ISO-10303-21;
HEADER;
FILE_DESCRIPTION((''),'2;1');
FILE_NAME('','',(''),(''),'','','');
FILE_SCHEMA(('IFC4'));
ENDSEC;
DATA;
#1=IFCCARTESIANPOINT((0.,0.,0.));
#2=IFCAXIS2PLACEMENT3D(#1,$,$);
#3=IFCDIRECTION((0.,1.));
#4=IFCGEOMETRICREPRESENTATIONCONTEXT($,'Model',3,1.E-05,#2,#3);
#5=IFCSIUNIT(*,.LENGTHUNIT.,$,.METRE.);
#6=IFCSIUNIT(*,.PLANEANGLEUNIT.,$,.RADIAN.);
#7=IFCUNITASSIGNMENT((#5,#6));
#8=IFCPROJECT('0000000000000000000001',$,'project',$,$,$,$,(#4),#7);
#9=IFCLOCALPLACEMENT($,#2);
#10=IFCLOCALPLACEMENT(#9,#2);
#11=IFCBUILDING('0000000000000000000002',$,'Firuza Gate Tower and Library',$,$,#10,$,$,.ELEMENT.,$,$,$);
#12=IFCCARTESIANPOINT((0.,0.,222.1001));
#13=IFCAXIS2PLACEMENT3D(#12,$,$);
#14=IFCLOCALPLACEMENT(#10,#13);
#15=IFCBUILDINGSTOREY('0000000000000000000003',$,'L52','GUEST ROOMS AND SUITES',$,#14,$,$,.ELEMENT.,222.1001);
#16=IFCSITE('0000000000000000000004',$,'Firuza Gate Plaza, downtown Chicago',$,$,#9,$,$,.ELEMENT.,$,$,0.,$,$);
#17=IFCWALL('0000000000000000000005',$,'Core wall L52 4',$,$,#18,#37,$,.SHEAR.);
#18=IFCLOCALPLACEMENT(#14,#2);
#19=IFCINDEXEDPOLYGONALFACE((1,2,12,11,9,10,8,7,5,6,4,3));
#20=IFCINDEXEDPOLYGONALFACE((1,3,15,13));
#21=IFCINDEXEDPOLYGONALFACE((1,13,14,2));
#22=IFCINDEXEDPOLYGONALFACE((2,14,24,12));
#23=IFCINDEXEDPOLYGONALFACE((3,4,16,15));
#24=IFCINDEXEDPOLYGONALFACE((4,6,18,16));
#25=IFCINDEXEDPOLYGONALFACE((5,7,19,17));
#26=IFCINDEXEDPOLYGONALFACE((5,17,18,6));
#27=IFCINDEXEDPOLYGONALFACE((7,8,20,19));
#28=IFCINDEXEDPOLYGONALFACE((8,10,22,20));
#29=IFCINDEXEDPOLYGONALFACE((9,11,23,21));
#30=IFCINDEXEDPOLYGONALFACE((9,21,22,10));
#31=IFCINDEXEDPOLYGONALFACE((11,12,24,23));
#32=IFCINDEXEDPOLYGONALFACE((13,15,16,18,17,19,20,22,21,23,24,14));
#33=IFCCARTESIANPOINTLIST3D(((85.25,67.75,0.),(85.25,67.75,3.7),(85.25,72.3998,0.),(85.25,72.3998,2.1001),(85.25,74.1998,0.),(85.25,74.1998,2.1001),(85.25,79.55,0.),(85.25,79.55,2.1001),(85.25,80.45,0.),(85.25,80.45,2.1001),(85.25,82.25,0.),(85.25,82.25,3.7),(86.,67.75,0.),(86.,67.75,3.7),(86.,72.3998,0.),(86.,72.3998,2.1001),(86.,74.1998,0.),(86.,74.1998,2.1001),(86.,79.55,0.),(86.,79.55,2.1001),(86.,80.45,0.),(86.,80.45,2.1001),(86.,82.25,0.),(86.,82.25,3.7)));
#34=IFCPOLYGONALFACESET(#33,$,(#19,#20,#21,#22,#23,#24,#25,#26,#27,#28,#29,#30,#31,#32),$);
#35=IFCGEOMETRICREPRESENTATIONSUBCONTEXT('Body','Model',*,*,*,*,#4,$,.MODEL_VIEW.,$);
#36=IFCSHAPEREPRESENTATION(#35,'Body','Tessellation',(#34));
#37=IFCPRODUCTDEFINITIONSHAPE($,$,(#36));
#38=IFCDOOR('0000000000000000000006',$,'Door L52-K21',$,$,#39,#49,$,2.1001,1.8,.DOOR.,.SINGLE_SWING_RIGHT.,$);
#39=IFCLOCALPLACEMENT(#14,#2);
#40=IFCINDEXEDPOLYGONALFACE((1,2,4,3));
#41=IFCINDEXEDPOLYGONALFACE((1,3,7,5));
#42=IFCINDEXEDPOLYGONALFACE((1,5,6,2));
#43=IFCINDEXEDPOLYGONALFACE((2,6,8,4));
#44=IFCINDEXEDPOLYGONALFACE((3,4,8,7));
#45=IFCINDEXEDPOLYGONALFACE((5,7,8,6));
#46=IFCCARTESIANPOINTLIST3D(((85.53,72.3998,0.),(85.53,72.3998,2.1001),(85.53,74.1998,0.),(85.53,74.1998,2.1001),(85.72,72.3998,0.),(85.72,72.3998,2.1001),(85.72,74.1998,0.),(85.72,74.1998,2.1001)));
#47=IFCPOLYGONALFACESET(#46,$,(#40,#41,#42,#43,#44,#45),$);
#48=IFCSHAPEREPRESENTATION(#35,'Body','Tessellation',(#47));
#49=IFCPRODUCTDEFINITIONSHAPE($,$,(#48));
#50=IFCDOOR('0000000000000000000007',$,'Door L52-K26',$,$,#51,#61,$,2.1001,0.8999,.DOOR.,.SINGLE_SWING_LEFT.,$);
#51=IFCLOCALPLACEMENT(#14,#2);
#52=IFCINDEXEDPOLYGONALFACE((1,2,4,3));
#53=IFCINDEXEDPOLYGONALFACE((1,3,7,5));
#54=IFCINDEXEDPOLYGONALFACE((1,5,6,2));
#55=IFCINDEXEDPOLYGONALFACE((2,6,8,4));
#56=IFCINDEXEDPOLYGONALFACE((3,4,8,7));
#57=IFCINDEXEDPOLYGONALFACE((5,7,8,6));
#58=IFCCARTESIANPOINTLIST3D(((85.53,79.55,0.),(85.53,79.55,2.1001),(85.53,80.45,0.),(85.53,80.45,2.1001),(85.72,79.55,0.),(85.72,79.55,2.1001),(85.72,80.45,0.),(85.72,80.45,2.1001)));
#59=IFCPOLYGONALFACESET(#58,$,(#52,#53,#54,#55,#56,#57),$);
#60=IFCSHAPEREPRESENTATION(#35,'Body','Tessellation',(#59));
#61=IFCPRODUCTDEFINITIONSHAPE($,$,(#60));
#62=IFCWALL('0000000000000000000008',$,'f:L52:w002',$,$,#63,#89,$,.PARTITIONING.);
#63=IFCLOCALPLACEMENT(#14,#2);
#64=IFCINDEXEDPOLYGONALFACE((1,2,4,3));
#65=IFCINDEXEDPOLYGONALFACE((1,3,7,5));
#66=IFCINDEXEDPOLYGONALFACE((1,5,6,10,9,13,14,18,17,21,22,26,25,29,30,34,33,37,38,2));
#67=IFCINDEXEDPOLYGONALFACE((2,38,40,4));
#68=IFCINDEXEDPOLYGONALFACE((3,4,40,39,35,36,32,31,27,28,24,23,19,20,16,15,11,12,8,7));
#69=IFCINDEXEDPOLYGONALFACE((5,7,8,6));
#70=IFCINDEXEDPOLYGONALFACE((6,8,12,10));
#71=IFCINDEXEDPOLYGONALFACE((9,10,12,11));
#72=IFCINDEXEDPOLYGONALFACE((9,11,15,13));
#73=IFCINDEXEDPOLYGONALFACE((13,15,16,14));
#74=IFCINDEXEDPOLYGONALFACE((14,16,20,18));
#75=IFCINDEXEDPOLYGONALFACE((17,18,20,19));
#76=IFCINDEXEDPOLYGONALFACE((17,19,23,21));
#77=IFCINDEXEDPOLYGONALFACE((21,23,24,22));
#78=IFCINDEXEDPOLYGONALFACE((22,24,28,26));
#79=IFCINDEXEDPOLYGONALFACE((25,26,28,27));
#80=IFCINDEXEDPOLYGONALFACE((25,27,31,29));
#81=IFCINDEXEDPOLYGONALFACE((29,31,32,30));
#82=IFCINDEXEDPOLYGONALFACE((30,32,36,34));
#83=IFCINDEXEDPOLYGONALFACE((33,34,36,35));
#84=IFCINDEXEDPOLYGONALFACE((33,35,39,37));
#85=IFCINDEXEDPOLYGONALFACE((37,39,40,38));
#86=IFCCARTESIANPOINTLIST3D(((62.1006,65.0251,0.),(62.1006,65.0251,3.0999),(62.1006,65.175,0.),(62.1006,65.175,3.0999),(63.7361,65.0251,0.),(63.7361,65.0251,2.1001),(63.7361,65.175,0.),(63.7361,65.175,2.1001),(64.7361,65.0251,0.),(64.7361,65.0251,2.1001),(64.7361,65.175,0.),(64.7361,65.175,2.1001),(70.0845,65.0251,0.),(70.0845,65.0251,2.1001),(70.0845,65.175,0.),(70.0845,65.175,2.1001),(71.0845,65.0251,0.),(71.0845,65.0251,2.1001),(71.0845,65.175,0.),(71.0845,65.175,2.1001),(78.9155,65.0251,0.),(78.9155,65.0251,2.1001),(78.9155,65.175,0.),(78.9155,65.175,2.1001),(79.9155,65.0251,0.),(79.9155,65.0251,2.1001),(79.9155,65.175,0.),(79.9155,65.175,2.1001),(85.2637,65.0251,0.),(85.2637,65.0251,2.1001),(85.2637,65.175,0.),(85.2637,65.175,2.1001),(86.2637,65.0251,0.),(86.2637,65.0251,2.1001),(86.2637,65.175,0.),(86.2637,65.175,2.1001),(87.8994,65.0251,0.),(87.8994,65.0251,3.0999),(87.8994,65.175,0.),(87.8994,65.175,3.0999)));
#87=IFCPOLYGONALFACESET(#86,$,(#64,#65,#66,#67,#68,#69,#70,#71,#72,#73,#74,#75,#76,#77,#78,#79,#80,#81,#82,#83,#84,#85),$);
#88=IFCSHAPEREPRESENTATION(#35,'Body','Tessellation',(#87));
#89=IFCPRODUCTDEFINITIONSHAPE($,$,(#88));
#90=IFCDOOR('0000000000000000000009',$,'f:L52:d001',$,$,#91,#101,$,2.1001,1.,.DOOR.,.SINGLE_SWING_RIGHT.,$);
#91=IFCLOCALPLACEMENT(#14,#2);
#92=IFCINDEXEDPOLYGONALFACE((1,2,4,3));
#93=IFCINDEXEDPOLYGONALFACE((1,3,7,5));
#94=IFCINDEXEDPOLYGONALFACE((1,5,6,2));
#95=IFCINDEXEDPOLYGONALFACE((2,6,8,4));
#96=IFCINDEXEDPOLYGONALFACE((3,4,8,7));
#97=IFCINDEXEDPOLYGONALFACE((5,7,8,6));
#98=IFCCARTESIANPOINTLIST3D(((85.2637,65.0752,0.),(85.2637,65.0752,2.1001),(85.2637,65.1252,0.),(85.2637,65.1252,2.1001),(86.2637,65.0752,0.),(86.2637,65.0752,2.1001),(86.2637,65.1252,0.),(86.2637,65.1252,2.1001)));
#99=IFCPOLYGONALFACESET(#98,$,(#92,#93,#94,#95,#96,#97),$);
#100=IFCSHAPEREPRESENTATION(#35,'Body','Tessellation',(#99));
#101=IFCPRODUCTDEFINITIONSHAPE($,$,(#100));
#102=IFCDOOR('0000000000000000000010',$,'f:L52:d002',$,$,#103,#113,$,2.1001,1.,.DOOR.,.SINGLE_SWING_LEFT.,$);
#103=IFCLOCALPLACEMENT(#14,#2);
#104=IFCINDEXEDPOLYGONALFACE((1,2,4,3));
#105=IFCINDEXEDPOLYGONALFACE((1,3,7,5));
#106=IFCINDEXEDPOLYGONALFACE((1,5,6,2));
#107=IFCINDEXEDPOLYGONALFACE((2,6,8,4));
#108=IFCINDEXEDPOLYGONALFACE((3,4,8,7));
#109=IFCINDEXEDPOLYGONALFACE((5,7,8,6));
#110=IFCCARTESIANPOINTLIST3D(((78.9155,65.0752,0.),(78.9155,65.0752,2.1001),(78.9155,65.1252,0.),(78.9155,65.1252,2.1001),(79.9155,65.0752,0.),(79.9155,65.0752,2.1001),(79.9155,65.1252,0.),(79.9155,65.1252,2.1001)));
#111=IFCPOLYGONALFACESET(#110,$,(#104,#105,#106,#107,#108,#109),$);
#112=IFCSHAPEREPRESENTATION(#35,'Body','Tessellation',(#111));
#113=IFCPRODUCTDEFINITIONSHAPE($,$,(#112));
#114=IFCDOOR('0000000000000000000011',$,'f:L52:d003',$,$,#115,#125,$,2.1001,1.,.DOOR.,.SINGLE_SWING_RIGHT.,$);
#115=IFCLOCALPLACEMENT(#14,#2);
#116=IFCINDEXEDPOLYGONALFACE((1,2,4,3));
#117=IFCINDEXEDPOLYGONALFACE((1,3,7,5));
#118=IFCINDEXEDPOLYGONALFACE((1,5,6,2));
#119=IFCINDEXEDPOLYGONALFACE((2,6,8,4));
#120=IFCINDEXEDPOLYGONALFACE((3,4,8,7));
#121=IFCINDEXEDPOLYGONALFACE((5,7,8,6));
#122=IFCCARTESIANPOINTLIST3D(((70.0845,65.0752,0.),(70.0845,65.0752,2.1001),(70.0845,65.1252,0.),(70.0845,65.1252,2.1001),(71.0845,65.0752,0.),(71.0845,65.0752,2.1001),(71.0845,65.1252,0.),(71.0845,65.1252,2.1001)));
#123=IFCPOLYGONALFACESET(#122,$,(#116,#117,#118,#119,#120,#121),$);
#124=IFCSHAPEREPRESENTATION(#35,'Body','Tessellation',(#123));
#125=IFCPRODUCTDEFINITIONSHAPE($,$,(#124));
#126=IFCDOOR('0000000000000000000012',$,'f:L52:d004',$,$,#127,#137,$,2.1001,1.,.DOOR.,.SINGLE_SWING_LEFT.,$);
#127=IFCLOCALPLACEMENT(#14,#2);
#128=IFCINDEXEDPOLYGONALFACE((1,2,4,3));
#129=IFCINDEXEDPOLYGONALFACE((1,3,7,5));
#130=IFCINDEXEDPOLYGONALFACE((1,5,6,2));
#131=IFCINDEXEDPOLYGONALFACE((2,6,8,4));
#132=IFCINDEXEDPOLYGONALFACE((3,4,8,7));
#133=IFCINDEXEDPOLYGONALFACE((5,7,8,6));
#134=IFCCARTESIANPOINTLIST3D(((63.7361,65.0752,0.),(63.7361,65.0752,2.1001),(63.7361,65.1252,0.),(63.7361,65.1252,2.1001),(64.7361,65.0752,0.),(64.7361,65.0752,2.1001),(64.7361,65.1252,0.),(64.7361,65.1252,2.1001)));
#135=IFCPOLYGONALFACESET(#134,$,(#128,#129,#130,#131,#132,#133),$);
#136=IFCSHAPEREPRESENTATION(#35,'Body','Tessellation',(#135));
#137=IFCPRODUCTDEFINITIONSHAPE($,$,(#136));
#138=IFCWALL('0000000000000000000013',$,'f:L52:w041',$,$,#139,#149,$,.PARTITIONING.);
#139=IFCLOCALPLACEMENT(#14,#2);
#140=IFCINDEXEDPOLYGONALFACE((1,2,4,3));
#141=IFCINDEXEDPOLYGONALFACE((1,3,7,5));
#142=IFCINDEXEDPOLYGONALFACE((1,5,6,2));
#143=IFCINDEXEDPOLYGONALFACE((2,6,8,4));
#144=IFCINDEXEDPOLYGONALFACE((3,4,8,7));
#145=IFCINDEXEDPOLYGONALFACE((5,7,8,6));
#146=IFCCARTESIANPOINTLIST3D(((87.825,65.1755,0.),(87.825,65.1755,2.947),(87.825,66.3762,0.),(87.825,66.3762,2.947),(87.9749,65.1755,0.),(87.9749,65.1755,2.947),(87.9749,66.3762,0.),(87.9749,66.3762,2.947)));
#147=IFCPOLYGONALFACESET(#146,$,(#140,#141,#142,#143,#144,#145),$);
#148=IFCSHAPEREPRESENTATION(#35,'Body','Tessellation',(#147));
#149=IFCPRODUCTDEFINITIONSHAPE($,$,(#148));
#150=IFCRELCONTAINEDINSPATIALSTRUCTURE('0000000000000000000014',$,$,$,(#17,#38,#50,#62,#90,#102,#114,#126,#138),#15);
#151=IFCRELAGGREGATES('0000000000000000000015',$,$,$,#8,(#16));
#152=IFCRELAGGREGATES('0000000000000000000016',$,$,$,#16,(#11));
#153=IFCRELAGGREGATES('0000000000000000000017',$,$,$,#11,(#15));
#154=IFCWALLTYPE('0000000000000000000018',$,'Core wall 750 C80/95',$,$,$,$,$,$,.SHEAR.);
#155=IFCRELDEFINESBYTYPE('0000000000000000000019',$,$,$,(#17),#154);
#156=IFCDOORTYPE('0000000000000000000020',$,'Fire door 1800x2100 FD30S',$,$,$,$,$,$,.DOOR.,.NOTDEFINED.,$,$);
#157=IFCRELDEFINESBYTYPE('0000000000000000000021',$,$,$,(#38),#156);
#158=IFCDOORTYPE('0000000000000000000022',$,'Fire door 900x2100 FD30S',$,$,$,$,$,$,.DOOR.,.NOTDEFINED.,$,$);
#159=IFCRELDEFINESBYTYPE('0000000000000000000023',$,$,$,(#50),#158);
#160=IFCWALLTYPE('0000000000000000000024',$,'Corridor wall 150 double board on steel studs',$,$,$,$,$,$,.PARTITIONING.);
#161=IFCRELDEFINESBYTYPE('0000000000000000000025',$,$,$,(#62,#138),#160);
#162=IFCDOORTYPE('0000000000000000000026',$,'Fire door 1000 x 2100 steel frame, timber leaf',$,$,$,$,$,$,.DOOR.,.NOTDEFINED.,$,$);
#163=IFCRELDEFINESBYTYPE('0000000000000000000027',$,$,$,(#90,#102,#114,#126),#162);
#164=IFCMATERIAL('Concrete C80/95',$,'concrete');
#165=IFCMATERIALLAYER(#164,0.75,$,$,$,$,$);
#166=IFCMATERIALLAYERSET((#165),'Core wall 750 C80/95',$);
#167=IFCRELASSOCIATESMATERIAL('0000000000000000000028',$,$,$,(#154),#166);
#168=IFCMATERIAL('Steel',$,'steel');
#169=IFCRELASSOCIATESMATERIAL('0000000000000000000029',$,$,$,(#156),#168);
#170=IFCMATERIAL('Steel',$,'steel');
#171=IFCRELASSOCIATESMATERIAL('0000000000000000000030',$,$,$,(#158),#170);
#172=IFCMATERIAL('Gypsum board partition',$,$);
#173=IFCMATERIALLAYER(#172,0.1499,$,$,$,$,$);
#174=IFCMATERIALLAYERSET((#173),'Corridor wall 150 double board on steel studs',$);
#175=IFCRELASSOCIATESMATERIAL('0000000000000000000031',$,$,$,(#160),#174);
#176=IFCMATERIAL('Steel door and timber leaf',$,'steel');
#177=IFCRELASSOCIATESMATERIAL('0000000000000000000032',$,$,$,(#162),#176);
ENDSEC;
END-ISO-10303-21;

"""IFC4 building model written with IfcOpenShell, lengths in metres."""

from ifc_helpers import new_model, si_unit, direction, frame, frame_2d, origin, place, context, subcontext, project, spatial, rectangle, extrude, material, layer, layer_set, type_object, element, fill, save


model = new_model("IFC4")

# Units and contexts
model_context = context("Model", 3, precision=1e-05, world=origin(), true_north=direction((0.0, 1.0)))
body_context = subcontext(model_context, "Body", "Model", "MODEL_VIEW")
ifc_project = project(units=[si_unit("LENGTHUNIT", "METRE"), si_unit("PLANEANGLEUNIT", "RADIAN")], contexts=[model_context])

# Site, building, storey
site_placement = place(None, origin())
site = spatial("IfcSite", under=ifc_project, at=site_placement, Name="Firuza Gate Plaza, downtown Chicago", CompositionType="ELEMENT", RefElevation=0.0)
building_placement = place(site_placement, origin())
building = spatial("IfcBuilding", under=site, at=building_placement, Name="Firuza Gate Tower and Library", CompositionType="ELEMENT")
storey_placement = place(building_placement, frame((0.0, 0.0, 222.1001)))
storey = spatial("IfcBuildingStorey", under=building, at=storey_placement, Name="L52", Description="GUEST ROOMS AND SUITES", CompositionType="ELEMENT", Elevation=222.1001)

# Walls, openings, doors
ifc_material_1 = material(Name="Concrete C80/95", Category="concrete")
ifc_layer_1 = layer(ifc_material_1, 0.75)
ifc_layer_set_1 = layer_set([ifc_layer_1], Name="Core wall 750 C80/95")
wall_type_1 = type_object("IfcWallType", Name="Core wall 750 C80/95", PredefinedType="SHEAR", material=ifc_layer_set_1)
wall_1_placement = place(storey_placement, frame((85.625, 67.75, 0.0), z_axis=(0.0, 0.0, 1.0), x_axis=(0.0, 1.0, 0.0)))
wall_1 = element("IfcWall", 1, at=wall_1_placement, inside=storey, type_object=wall_type_1, Name="Core wall L52 4", PredefinedType="SHEAR", context=body_context, shape_type="SweptSolid", body=[
    extrude(rectangle(XDim=14.5, YDim=0.75, at=frame_2d((7.25, 0.0))), origin(), (0.0, 0.0, 1.0), 3.7),
])
opening_1_placement = place(wall_1_placement, frame((4.6499, 0.0, 0.0)))
opening_1 = element("IfcOpeningElement", 2, at=opening_1_placement, cuts=wall_1, PredefinedType="OPENING", context=body_context, shape_type="SweptSolid", body=[
    extrude(rectangle(XDim=1.8, YDim=2.1001, at=frame_2d((0.8999, 1.05))), frame((0.0, 0.385, 0.0), z_axis=(0.0, -1.0, 0.0), x_axis=(1.0, 0.0, 0.0)), (0.0, 0.0, 1.0), 0.77),
])
opening_2_placement = place(wall_1_placement, frame((11.8, 0.0, 0.0)))
opening_2 = element("IfcOpeningElement", 3, at=opening_2_placement, cuts=wall_1, PredefinedType="OPENING", context=body_context, shape_type="SweptSolid", body=[
    extrude(rectangle(XDim=0.8999, YDim=2.1001, at=frame_2d((0.45, 1.05))), frame((0.0, 0.385, 0.0), z_axis=(0.0, -1.0, 0.0), x_axis=(1.0, 0.0, 0.0)), (0.0, 0.0, 1.0), 0.77),
])
ifc_material_2 = material(Name="Steel", Category="steel")
door_type_1 = type_object("IfcDoorType", Name="Fire door 1800x2100 FD30S", OperationType="NOTDEFINED", PredefinedType="DOOR", material=ifc_material_2)
door_1_placement = place(opening_1_placement, origin())
door_1 = element("IfcDoor", 4, at=door_1_placement, inside=storey, type_object=door_type_1, Name="Door L52-K21", OperationType="SINGLE_SWING_RIGHT", OverallHeight=2.1001, OverallWidth=1.8, PredefinedType="DOOR", context=body_context, shape_type="SweptSolid", body=[
    extrude(rectangle(XDim=1.8, YDim=2.1001, at=frame_2d((0.8999, 1.05))), frame((0.0, 0.095, 0.0), z_axis=(0.0, -1.0, 0.0), x_axis=(1.0, 0.0, 0.0)), (0.0, 0.0, 1.0), 0.1899),
])
fill(opening_1, door_1)
ifc_material_3 = material(Name="Steel", Category="steel")
door_type_2 = type_object("IfcDoorType", Name="Fire door 900x2100 FD30S", OperationType="NOTDEFINED", PredefinedType="DOOR", material=ifc_material_3)
door_2_placement = place(opening_2_placement, origin())
door_2 = element("IfcDoor", 5, at=door_2_placement, inside=storey, type_object=door_type_2, Name="Door L52-K26", OperationType="SINGLE_SWING_LEFT", OverallHeight=2.1001, OverallWidth=0.8999, PredefinedType="DOOR", context=body_context, shape_type="SweptSolid", body=[
    extrude(rectangle(XDim=0.8999, YDim=2.1001, at=frame_2d((0.45, 1.05))), frame((0.0, 0.095, 0.0), z_axis=(0.0, -1.0, 0.0), x_axis=(1.0, 0.0, 0.0)), (0.0, 0.0, 1.0), 0.1899),
])
fill(opening_2, door_2)
ifc_material_4 = material(Name="Gypsum board partition")
ifc_layer_2 = layer(ifc_material_4, 0.1499)
ifc_layer_set_2 = layer_set([ifc_layer_2], Name="Corridor wall 150 double board on steel studs")
wall_type_2 = type_object("IfcWallType", Name="Corridor wall 150 double board on steel studs", PredefinedType="PARTITIONING", material=ifc_layer_set_2)
wall_2_placement = place(storey_placement, frame((87.8994, 65.1001, 0.0), z_axis=(0.0, 0.0, 1.0), x_axis=(-1.0, 0.0, 0.0)))
wall_2 = element("IfcWall", 6, at=wall_2_placement, inside=storey, type_object=wall_type_2, Name="f:L52:w002", PredefinedType="PARTITIONING", context=body_context, shape_type="SweptSolid", body=[
    extrude(rectangle(XDim=25.7988, YDim=0.1499, at=frame_2d((12.8994, 0.0))), origin(), (0.0, 0.0, 1.0), 3.0999),
])
opening_3_placement = place(wall_2_placement, frame((1.6357, 0.0, 0.0)))
opening_3 = element("IfcOpeningElement", 7, at=opening_3_placement, cuts=wall_2, PredefinedType="OPENING", context=body_context, shape_type="SweptSolid", body=[
    extrude(rectangle(XDim=1.0, YDim=2.1001, at=frame_2d((0.5, 1.05))), frame((0.0, 0.085, 0.0), z_axis=(0.0, -1.0, 0.0), x_axis=(1.0, 0.0, 0.0)), (0.0, 0.0, 1.0), 0.1699),
])
opening_4_placement = place(wall_2_placement, frame((7.9839, 0.0, 0.0)))
opening_4 = element("IfcOpeningElement", 8, at=opening_4_placement, cuts=wall_2, PredefinedType="OPENING", context=body_context, shape_type="SweptSolid", body=[
    extrude(rectangle(XDim=1.0, YDim=2.1001, at=frame_2d((0.5, 1.05))), frame((0.0, 0.085, 0.0), z_axis=(0.0, -1.0, 0.0), x_axis=(1.0, 0.0, 0.0)), (0.0, 0.0, 1.0), 0.1699),
])
opening_5_placement = place(wall_2_placement, frame((16.8149, 0.0, 0.0)))
opening_5 = element("IfcOpeningElement", 9, at=opening_5_placement, cuts=wall_2, PredefinedType="OPENING", context=body_context, shape_type="SweptSolid", body=[
    extrude(rectangle(XDim=1.0, YDim=2.1001, at=frame_2d((0.5, 1.05))), frame((0.0, 0.085, 0.0), z_axis=(0.0, -1.0, 0.0), x_axis=(1.0, 0.0, 0.0)), (0.0, 0.0, 1.0), 0.1699),
])
opening_6_placement = place(wall_2_placement, frame((23.1633, 0.0, 0.0)))
opening_6 = element("IfcOpeningElement", 10, at=opening_6_placement, cuts=wall_2, PredefinedType="OPENING", context=body_context, shape_type="SweptSolid", body=[
    extrude(rectangle(XDim=1.0, YDim=2.1001, at=frame_2d((0.5, 1.05))), frame((0.0, 0.085, 0.0), z_axis=(0.0, -1.0, 0.0), x_axis=(1.0, 0.0, 0.0)), (0.0, 0.0, 1.0), 0.1699),
])
ifc_material_5 = material(Name="Steel door and timber leaf", Category="steel")
door_type_3 = type_object("IfcDoorType", Name="Fire door 1000 x 2100 steel frame, timber leaf", OperationType="NOTDEFINED", PredefinedType="DOOR", material=ifc_material_5)
door_3_placement = place(opening_3_placement, origin())
door_3 = element("IfcDoor", 11, at=door_3_placement, inside=storey, type_object=door_type_3, Name="f:L52:d001", OperationType="SINGLE_SWING_RIGHT", OverallHeight=2.1001, OverallWidth=1.0, PredefinedType="DOOR", context=body_context, shape_type="SweptSolid", body=[
    extrude(rectangle(XDim=1.0, YDim=2.1001, at=frame_2d((0.5, 1.05))), frame((0.0, 0.0249, 0.0), z_axis=(0.0, -1.0, 0.0), x_axis=(1.0, 0.0, 0.0)), (0.0, 0.0, 1.0), 0.05),
])
fill(opening_3, door_3)
door_4_placement = place(opening_4_placement, origin())
door_4 = element("IfcDoor", 12, at=door_4_placement, inside=storey, type_object=door_type_3, Name="f:L52:d002", OperationType="SINGLE_SWING_LEFT", OverallHeight=2.1001, OverallWidth=1.0, PredefinedType="DOOR", context=body_context, shape_type="SweptSolid", body=[
    extrude(rectangle(XDim=1.0, YDim=2.1001, at=frame_2d((0.5, 1.05))), frame((0.0, 0.0249, 0.0), z_axis=(0.0, -1.0, 0.0), x_axis=(1.0, 0.0, 0.0)), (0.0, 0.0, 1.0), 0.05),
])
fill(opening_4, door_4)
door_5_placement = place(opening_5_placement, origin())
door_5 = element("IfcDoor", 13, at=door_5_placement, inside=storey, type_object=door_type_3, Name="f:L52:d003", OperationType="SINGLE_SWING_RIGHT", OverallHeight=2.1001, OverallWidth=1.0, PredefinedType="DOOR", context=body_context, shape_type="SweptSolid", body=[
    extrude(rectangle(XDim=1.0, YDim=2.1001, at=frame_2d((0.5, 1.05))), frame((0.0, 0.0249, 0.0), z_axis=(0.0, -1.0, 0.0), x_axis=(1.0, 0.0, 0.0)), (0.0, 0.0, 1.0), 0.05),
])
fill(opening_5, door_5)
door_6_placement = place(opening_6_placement, origin())
door_6 = element("IfcDoor", 14, at=door_6_placement, inside=storey, type_object=door_type_3, Name="f:L52:d004", OperationType="SINGLE_SWING_LEFT", OverallHeight=2.1001, OverallWidth=1.0, PredefinedType="DOOR", context=body_context, shape_type="SweptSolid", body=[
    extrude(rectangle(XDim=1.0, YDim=2.1001, at=frame_2d((0.5, 1.05))), frame((0.0, 0.0249, 0.0), z_axis=(0.0, -1.0, 0.0), x_axis=(1.0, 0.0, 0.0)), (0.0, 0.0, 1.0), 0.05),
])
fill(opening_6, door_6)

# Wall
wall_3_placement = place(storey_placement, frame((87.8999, 65.1755, 0.0), z_axis=(0.0, 0.0, 1.0), x_axis=(0.0, 1.0, 0.0)))
element("IfcWall", 15, at=wall_3_placement, inside=storey, type_object=wall_type_2, Name="f:L52:w041", PredefinedType="PARTITIONING", context=body_context, shape_type="SweptSolid", body=[
    extrude(rectangle(XDim=1.2007, YDim=0.1499, at=frame_2d((0.6003, 0.0))), origin(), (0.0, 0.0, 1.0), 2.947),
])

save(model, "model.ifc")
